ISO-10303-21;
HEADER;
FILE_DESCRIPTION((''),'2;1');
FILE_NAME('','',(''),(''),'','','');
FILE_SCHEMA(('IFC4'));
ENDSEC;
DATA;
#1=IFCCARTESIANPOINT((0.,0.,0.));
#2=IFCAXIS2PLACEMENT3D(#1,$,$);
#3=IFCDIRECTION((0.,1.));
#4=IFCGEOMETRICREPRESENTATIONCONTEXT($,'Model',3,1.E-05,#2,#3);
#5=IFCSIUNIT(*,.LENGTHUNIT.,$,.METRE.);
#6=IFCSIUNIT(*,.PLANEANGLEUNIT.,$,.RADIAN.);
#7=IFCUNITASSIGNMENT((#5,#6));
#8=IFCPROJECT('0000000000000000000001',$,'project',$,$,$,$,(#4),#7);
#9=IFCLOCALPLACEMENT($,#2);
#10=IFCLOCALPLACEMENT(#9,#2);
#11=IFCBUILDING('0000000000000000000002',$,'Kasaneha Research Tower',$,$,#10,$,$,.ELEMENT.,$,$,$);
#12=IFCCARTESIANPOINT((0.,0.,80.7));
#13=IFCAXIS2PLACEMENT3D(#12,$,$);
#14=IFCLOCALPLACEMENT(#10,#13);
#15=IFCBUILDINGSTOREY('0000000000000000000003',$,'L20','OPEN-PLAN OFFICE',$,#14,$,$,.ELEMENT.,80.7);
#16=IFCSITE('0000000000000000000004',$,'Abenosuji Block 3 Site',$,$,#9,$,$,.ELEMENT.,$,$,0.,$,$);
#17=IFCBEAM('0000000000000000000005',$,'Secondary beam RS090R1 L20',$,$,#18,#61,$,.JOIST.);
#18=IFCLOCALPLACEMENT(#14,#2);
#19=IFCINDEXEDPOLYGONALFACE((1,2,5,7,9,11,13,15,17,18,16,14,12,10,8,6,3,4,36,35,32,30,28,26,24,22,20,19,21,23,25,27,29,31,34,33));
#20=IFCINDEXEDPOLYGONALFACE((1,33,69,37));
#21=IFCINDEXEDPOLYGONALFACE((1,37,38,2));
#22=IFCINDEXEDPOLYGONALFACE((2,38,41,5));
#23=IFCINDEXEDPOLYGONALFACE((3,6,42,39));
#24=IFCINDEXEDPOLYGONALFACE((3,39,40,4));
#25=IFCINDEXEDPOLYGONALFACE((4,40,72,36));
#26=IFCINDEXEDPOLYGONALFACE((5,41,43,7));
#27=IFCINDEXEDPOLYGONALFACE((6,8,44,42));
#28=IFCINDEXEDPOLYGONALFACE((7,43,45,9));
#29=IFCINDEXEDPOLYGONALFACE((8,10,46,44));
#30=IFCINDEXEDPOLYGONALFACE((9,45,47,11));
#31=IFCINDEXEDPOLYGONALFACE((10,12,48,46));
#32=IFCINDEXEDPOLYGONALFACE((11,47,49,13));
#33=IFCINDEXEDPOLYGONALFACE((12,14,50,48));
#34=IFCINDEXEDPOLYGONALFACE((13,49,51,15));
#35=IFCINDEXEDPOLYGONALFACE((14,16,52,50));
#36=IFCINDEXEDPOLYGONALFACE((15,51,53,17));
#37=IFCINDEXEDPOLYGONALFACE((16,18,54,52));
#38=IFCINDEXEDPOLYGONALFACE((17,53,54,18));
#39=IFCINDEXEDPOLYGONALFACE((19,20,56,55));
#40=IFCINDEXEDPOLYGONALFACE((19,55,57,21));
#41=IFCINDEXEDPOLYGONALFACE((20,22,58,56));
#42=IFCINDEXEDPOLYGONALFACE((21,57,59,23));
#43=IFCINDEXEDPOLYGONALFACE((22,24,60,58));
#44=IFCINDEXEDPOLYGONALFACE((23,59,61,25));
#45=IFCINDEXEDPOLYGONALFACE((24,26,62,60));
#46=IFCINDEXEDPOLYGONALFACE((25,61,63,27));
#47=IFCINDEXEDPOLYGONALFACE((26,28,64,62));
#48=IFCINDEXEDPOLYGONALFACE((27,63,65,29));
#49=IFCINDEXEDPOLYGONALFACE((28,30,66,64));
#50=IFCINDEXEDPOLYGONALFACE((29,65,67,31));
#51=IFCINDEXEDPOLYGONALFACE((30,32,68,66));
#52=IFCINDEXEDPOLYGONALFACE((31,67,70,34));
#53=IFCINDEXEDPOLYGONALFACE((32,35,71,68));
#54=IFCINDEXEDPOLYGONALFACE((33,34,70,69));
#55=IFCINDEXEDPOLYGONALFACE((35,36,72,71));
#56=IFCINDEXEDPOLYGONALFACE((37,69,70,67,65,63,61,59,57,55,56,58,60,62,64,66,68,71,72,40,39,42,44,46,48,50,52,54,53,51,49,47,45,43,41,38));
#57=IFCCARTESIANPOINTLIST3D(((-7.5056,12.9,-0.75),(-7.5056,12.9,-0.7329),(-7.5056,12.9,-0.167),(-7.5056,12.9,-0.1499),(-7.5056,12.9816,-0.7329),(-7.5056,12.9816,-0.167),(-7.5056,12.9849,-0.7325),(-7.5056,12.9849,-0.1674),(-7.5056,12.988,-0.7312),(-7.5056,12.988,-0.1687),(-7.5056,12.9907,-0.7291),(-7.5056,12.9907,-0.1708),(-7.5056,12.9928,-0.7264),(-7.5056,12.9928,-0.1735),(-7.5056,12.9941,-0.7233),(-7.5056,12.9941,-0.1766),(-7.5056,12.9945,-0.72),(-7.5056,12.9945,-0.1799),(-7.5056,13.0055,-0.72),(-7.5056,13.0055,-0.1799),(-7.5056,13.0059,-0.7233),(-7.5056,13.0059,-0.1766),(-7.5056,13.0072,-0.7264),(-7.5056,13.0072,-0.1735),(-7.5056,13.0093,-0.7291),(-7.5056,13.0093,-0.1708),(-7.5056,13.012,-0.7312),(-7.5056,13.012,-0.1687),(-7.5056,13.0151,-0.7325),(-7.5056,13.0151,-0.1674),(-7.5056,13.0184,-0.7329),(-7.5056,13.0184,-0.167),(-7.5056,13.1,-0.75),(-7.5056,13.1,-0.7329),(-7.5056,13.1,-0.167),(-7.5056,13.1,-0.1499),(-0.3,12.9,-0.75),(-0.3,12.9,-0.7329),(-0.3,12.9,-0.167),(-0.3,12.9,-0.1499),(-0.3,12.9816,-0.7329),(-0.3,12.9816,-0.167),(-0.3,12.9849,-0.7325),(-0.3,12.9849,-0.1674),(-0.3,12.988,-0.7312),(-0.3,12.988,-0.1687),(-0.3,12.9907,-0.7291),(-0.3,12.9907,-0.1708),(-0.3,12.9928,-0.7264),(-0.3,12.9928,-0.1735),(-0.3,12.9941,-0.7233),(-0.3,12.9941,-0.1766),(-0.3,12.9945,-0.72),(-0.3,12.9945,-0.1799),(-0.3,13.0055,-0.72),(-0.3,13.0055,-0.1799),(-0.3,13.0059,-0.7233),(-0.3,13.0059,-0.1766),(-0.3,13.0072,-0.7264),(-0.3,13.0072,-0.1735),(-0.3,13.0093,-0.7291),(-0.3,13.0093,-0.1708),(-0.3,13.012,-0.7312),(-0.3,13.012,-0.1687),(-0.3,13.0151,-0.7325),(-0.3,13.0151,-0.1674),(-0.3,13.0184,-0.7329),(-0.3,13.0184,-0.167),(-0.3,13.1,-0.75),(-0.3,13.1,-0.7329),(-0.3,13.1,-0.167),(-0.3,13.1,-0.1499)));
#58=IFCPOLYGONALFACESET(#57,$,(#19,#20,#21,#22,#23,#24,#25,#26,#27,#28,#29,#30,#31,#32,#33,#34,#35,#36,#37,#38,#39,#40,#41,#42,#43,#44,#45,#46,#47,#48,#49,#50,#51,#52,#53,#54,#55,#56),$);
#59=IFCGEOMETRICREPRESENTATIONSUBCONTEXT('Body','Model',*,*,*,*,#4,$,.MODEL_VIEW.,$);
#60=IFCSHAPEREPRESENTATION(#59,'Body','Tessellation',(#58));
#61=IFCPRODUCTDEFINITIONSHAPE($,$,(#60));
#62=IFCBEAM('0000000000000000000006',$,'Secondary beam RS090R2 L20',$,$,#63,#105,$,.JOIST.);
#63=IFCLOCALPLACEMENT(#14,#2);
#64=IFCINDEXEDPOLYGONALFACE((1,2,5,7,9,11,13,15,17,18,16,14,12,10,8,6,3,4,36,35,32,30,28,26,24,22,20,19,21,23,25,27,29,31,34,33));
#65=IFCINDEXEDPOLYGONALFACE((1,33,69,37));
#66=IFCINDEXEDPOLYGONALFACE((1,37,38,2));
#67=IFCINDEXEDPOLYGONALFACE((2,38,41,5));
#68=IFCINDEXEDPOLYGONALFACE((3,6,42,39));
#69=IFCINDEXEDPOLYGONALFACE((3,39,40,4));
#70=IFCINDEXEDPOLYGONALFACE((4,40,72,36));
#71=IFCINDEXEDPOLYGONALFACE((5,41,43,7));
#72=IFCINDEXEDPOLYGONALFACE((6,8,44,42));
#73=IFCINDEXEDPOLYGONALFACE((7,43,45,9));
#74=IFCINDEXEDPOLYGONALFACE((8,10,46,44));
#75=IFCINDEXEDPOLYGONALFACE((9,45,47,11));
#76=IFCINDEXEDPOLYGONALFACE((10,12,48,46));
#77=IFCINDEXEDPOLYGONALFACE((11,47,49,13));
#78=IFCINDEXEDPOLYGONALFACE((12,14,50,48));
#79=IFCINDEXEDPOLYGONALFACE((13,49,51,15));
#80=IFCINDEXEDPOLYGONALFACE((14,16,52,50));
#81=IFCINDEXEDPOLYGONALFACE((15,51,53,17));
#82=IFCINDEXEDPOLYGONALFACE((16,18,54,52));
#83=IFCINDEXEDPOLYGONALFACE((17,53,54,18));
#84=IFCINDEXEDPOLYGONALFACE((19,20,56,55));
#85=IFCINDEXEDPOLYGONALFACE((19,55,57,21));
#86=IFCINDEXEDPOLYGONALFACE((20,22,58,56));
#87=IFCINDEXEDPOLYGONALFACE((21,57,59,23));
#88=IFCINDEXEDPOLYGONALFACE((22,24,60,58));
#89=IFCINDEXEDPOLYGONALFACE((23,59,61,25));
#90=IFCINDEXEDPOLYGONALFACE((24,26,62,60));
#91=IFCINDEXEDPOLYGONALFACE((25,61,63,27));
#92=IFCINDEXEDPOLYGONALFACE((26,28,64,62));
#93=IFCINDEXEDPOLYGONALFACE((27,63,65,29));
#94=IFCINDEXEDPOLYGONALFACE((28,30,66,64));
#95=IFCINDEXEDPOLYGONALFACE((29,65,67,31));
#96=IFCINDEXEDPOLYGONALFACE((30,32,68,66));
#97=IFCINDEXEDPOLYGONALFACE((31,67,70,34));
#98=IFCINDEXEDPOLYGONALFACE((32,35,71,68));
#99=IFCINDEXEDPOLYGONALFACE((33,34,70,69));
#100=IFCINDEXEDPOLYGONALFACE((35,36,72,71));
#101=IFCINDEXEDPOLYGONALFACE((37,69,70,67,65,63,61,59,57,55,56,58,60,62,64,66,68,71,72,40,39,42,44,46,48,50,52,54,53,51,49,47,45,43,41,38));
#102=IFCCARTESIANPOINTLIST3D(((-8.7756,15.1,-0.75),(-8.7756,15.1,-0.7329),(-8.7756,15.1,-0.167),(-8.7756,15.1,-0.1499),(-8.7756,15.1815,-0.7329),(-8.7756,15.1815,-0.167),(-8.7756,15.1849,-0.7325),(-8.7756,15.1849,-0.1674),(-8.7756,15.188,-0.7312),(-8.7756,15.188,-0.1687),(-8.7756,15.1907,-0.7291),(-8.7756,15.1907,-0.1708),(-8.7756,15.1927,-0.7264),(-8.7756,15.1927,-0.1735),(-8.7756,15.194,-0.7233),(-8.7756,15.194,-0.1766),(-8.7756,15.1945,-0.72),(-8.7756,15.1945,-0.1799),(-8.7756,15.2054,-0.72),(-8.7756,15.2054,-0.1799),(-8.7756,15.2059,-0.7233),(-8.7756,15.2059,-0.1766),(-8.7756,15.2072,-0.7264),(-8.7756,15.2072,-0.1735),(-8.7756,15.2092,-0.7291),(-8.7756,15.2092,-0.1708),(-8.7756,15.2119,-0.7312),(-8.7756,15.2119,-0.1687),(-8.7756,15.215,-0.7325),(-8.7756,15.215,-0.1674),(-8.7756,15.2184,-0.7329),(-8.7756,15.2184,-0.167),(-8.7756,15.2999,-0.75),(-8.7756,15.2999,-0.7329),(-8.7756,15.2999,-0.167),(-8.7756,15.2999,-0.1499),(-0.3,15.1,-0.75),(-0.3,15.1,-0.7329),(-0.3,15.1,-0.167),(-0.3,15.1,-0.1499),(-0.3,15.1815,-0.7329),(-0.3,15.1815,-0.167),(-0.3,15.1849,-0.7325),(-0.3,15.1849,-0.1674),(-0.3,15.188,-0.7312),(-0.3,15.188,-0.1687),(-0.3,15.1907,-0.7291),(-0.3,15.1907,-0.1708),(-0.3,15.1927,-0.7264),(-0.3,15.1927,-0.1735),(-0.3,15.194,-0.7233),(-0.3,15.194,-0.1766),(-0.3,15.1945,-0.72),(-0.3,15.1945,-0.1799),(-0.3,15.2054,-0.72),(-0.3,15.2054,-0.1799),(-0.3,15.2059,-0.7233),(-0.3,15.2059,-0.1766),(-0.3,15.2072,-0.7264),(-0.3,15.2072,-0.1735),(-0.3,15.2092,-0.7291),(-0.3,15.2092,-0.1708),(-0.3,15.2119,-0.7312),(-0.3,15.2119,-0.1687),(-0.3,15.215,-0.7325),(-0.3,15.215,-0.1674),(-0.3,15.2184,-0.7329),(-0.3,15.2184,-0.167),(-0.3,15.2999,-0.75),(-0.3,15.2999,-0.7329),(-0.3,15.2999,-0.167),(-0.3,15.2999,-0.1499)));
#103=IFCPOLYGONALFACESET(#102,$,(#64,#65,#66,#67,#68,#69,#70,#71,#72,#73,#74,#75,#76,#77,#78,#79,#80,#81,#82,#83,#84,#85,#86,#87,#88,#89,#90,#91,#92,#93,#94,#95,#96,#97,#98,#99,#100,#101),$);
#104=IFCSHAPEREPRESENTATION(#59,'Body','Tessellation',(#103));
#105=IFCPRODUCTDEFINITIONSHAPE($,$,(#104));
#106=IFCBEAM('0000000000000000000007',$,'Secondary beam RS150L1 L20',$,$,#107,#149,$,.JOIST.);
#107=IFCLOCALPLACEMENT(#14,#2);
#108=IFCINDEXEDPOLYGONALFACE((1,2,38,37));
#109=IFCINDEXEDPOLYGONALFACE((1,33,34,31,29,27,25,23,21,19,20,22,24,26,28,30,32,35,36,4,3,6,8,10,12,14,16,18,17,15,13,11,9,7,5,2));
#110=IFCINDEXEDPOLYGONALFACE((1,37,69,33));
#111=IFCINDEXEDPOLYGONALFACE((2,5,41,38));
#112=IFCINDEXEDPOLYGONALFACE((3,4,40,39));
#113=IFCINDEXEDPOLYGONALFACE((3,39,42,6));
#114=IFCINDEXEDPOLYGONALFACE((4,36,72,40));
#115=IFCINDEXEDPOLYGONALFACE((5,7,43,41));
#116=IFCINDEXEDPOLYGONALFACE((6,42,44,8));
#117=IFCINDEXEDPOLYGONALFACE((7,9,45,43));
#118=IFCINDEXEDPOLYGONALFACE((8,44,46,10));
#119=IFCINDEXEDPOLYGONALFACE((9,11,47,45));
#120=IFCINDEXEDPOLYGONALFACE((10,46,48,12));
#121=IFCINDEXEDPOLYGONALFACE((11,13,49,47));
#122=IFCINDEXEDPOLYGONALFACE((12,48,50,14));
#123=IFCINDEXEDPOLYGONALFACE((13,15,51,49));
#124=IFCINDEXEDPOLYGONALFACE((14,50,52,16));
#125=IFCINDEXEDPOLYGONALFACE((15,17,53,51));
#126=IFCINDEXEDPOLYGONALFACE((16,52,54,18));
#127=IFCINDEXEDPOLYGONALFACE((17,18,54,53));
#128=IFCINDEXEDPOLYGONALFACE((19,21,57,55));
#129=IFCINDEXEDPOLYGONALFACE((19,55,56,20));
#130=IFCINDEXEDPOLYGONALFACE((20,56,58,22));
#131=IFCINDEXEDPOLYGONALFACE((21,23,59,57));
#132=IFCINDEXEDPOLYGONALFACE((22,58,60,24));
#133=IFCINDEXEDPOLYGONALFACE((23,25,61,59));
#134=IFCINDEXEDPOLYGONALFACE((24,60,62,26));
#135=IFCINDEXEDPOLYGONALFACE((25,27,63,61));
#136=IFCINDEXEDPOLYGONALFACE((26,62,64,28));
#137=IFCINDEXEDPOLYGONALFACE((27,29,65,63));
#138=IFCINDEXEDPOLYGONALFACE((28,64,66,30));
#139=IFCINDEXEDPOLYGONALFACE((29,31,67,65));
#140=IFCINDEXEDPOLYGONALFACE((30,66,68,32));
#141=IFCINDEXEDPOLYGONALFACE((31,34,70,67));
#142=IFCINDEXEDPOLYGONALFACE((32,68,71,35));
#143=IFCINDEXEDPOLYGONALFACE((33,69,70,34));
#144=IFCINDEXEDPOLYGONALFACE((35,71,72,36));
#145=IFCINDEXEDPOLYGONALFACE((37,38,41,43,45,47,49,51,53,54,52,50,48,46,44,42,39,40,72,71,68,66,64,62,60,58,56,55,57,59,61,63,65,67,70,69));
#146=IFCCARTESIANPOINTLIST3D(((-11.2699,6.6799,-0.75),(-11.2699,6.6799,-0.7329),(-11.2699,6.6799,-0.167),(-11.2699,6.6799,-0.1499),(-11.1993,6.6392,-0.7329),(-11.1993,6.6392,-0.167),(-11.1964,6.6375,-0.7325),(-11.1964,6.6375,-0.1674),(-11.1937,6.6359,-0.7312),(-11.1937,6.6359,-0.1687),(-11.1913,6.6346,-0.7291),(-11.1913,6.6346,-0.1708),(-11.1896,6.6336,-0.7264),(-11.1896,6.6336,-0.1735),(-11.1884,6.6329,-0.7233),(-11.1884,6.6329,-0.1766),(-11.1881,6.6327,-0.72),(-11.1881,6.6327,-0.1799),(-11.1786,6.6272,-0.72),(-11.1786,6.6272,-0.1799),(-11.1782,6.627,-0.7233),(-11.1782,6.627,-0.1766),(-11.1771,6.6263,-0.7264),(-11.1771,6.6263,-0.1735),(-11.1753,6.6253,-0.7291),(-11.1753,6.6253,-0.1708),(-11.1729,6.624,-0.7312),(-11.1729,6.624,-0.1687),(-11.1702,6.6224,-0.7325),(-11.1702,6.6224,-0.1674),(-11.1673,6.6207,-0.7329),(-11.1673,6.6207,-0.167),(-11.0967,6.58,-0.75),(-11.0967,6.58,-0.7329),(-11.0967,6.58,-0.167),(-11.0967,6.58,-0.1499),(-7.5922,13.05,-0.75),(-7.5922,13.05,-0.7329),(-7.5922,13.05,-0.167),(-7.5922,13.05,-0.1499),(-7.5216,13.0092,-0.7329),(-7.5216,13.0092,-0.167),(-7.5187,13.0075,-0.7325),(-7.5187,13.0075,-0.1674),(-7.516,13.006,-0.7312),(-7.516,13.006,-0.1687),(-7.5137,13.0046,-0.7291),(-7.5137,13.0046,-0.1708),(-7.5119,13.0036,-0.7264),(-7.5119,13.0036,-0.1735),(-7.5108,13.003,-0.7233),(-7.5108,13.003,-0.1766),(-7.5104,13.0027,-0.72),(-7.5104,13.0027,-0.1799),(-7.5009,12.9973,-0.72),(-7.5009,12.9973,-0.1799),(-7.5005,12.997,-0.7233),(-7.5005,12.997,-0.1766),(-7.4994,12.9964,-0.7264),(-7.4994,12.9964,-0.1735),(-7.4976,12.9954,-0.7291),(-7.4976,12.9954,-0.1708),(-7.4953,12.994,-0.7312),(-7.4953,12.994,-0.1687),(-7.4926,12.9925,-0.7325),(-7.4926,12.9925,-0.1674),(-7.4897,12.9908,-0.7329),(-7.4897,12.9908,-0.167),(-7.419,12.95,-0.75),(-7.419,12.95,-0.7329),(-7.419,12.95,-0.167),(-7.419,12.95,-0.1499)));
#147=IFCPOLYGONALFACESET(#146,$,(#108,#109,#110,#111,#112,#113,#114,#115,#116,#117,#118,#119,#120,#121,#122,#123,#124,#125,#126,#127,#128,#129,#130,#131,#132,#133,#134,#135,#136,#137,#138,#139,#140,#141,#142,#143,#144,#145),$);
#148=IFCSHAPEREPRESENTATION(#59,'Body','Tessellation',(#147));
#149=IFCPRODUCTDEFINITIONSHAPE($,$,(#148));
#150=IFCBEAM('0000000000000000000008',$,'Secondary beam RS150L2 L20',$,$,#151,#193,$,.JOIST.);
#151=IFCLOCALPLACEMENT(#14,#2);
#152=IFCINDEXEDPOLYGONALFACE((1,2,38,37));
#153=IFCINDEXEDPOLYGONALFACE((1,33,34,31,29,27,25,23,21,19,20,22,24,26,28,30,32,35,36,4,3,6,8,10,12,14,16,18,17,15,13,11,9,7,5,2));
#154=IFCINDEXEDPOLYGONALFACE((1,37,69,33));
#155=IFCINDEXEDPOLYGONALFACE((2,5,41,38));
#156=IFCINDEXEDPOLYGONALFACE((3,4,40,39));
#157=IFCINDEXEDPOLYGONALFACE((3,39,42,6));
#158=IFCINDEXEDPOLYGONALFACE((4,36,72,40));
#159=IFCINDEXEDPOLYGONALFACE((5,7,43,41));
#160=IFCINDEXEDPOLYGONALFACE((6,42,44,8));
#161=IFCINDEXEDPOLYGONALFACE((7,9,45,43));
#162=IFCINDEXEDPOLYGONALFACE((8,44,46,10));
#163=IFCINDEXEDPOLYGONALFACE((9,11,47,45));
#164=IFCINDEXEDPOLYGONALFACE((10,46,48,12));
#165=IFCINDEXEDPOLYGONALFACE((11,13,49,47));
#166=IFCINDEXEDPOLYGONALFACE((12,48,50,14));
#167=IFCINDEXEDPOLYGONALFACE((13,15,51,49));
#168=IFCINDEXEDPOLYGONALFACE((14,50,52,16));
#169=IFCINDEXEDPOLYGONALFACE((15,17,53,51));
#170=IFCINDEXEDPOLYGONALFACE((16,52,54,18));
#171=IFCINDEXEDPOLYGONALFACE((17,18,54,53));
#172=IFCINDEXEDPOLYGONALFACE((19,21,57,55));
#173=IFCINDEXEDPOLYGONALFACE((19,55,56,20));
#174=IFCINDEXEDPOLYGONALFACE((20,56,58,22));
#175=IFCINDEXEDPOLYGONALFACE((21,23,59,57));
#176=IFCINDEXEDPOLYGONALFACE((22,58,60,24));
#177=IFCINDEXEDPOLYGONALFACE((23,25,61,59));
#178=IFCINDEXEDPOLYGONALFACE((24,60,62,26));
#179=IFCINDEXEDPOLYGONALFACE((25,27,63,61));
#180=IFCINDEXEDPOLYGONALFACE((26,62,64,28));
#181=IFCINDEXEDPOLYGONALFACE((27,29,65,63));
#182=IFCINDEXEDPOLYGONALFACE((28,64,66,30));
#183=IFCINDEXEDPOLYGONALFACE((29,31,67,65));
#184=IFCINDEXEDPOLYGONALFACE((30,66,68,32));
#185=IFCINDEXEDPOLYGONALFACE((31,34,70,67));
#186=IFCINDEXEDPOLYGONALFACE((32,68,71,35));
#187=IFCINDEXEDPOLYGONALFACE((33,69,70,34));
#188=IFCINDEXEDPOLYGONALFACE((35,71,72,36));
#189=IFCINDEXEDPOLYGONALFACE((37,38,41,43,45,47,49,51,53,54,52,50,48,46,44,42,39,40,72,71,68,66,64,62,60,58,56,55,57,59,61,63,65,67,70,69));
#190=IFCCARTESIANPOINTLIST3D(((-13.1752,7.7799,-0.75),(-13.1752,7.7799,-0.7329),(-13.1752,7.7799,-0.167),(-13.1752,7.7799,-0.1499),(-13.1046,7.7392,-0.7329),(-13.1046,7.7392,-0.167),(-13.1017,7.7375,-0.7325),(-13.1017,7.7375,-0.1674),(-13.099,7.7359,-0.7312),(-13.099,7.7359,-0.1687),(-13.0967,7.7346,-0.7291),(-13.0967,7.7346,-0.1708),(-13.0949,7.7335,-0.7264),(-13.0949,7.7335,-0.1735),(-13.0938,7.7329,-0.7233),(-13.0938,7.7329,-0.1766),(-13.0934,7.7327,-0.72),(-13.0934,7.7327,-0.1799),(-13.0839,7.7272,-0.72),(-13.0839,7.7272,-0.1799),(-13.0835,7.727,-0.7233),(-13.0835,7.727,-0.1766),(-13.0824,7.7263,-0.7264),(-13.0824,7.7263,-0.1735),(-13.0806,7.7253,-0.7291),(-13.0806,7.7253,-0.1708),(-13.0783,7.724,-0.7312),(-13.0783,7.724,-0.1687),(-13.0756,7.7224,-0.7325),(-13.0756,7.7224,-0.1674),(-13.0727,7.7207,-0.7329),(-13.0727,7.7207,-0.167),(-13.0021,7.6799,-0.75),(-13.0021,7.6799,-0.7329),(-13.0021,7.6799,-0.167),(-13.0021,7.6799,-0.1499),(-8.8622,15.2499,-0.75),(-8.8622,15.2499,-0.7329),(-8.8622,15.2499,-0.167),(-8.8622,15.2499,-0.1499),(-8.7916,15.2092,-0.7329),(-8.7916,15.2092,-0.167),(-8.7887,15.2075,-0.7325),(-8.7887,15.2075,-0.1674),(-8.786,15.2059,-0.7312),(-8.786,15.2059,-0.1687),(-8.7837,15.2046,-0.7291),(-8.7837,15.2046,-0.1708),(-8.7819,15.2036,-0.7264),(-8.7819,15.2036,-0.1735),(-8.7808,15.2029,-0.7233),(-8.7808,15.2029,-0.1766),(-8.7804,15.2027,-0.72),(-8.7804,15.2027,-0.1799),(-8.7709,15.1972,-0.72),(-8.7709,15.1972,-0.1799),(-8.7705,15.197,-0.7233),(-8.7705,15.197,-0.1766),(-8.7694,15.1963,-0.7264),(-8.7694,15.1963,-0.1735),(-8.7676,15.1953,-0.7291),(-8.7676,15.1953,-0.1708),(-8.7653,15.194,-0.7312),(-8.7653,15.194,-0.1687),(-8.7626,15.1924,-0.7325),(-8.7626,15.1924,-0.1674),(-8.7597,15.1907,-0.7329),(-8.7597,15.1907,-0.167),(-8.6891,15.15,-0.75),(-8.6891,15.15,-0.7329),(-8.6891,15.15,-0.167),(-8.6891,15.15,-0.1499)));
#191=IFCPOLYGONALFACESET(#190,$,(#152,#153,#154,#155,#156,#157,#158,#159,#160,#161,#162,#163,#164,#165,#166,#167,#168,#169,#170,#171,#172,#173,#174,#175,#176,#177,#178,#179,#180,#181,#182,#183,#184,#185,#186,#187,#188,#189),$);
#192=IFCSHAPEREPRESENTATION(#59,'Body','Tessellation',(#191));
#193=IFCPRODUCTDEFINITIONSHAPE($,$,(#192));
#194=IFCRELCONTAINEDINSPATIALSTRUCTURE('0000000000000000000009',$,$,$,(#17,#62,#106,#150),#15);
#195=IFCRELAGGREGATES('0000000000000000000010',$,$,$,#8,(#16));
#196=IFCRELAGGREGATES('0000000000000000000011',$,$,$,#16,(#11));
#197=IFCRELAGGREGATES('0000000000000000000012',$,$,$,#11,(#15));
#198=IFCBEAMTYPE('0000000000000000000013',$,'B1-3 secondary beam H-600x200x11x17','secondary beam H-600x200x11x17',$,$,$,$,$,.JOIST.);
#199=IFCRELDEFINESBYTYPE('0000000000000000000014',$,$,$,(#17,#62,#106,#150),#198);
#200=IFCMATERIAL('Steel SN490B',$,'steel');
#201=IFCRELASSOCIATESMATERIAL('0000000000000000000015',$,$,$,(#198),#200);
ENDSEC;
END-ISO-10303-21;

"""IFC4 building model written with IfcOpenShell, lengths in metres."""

from ifc_helpers import new_model, si_unit, direction, frame, origin, origin_2d, place, context, subcontext, project, spatial, i_section, extrude, material, material_profile, profile_set, type_object, element, save


model = new_model("IFC4")

# Units and contexts
model_context = context("Model", 3, precision=1e-05, world=origin(), true_north=direction((0.0, 1.0)))
body_context = subcontext(model_context, "Body", "Model", "MODEL_VIEW")
ifc_project = project(units=[si_unit("LENGTHUNIT", "METRE"), si_unit("PLANEANGLEUNIT", "RADIAN")], contexts=[model_context])

# Site, building, storey
site_placement = place(None, origin())
site = spatial("IfcSite", under=ifc_project, at=site_placement, Name="Abenosuji Block 3 Site", CompositionType="ELEMENT", RefElevation=0.0)
building_placement = place(site_placement, origin())
building = spatial("IfcBuilding", under=site, at=building_placement, Name="Kasaneha Research Tower", CompositionType="ELEMENT")
storey_placement = place(building_placement, frame((0.0, 0.0, 80.7)))
storey = spatial("IfcBuildingStorey", under=building, at=storey_placement, Name="L20", Description="OPEN-PLAN OFFICE", CompositionType="ELEMENT", Elevation=80.7)

# Beams
ifc_material_1 = material(Name="Steel SN490B", Category="steel")
ifc_material_profile_1 = material_profile(ifc_material_1, i_section(OverallWidth=0.2, OverallDepth=0.6001, WebThickness=0.011, FlangeThickness=0.0171, FilletRadius=0.0129, at=origin_2d()), Name="H-600x200x11x17")
ifc_profile_set_1 = profile_set([ifc_material_profile_1], Name="Steel SN490B")
beam_type_1 = type_object("IfcBeamType", Name="B1-3 secondary beam H-600x200x11x17", Description="secondary beam H-600x200x11x17", PredefinedType="JOIST", material=ifc_profile_set_1)
beam_1_placement = place(storey_placement, frame((-7.5056, 13.0, -0.45), z_axis=(1.0, 0.0, 0.0), x_axis=(0.0, 1.0, 0.0)))
element("IfcBeam", 1, at=beam_1_placement, inside=storey, type_object=beam_type_1, Name="Secondary beam RS090R1 L20", PredefinedType="JOIST", context=body_context, shape_type="SweptSolid", body=[
    extrude(i_section(OverallWidth=0.2, OverallDepth=0.6001, WebThickness=0.011, FlangeThickness=0.0171, FilletRadius=0.0129, at=origin_2d()), origin(), (0.0, 0.0, 1.0), 7.2056),
])
beam_2_placement = place(storey_placement, frame((-8.7756, 15.2, -0.45), z_axis=(1.0, 0.0, 0.0), x_axis=(0.0, 1.0, 0.0)))
element("IfcBeam", 2, at=beam_2_placement, inside=storey, type_object=beam_type_1, Name="Secondary beam RS090R2 L20", PredefinedType="JOIST", context=body_context, shape_type="SweptSolid", body=[
    extrude(i_section(OverallWidth=0.2, OverallDepth=0.6001, WebThickness=0.011, FlangeThickness=0.0171, FilletRadius=0.0129, at=origin_2d()), origin(), (0.0, 0.0, 1.0), 8.4756),
])
beam_3_placement = place(storey_placement, frame((-7.5056, 13.0, -0.45), z_axis=(-0.499994, -0.866029, 0.0), x_axis=(0.866029, -0.499994, 0.0)))
element("IfcBeam", 3, at=beam_3_placement, inside=storey, type_object=beam_type_1, Name="Secondary beam RS150L1 L20", PredefinedType="JOIST", context=body_context, shape_type="SweptSolid", body=[
    extrude(i_section(OverallWidth=0.2, OverallDepth=0.6001, WebThickness=0.011, FlangeThickness=0.0171, FilletRadius=0.0129, at=origin_2d()), origin(), (0.0, 0.0, 1.0), 7.3555),
])
beam_4_placement = place(storey_placement, frame((-8.7756, 15.2, -0.45), z_axis=(-0.500017, -0.866015, 0.0), x_axis=(0.866015, -0.500017, 0.0)))
element("IfcBeam", 4, at=beam_4_placement, inside=storey, type_object=beam_type_1, Name="Secondary beam RS150L2 L20", PredefinedType="JOIST", context=body_context, shape_type="SweptSolid", body=[
    extrude(i_section(OverallWidth=0.2, OverallDepth=0.6001, WebThickness=0.011, FlangeThickness=0.0171, FilletRadius=0.0129, at=origin_2d()), origin(), (0.0, 0.0, 1.0), 8.6257),
])

save(model, "model.ifc")
